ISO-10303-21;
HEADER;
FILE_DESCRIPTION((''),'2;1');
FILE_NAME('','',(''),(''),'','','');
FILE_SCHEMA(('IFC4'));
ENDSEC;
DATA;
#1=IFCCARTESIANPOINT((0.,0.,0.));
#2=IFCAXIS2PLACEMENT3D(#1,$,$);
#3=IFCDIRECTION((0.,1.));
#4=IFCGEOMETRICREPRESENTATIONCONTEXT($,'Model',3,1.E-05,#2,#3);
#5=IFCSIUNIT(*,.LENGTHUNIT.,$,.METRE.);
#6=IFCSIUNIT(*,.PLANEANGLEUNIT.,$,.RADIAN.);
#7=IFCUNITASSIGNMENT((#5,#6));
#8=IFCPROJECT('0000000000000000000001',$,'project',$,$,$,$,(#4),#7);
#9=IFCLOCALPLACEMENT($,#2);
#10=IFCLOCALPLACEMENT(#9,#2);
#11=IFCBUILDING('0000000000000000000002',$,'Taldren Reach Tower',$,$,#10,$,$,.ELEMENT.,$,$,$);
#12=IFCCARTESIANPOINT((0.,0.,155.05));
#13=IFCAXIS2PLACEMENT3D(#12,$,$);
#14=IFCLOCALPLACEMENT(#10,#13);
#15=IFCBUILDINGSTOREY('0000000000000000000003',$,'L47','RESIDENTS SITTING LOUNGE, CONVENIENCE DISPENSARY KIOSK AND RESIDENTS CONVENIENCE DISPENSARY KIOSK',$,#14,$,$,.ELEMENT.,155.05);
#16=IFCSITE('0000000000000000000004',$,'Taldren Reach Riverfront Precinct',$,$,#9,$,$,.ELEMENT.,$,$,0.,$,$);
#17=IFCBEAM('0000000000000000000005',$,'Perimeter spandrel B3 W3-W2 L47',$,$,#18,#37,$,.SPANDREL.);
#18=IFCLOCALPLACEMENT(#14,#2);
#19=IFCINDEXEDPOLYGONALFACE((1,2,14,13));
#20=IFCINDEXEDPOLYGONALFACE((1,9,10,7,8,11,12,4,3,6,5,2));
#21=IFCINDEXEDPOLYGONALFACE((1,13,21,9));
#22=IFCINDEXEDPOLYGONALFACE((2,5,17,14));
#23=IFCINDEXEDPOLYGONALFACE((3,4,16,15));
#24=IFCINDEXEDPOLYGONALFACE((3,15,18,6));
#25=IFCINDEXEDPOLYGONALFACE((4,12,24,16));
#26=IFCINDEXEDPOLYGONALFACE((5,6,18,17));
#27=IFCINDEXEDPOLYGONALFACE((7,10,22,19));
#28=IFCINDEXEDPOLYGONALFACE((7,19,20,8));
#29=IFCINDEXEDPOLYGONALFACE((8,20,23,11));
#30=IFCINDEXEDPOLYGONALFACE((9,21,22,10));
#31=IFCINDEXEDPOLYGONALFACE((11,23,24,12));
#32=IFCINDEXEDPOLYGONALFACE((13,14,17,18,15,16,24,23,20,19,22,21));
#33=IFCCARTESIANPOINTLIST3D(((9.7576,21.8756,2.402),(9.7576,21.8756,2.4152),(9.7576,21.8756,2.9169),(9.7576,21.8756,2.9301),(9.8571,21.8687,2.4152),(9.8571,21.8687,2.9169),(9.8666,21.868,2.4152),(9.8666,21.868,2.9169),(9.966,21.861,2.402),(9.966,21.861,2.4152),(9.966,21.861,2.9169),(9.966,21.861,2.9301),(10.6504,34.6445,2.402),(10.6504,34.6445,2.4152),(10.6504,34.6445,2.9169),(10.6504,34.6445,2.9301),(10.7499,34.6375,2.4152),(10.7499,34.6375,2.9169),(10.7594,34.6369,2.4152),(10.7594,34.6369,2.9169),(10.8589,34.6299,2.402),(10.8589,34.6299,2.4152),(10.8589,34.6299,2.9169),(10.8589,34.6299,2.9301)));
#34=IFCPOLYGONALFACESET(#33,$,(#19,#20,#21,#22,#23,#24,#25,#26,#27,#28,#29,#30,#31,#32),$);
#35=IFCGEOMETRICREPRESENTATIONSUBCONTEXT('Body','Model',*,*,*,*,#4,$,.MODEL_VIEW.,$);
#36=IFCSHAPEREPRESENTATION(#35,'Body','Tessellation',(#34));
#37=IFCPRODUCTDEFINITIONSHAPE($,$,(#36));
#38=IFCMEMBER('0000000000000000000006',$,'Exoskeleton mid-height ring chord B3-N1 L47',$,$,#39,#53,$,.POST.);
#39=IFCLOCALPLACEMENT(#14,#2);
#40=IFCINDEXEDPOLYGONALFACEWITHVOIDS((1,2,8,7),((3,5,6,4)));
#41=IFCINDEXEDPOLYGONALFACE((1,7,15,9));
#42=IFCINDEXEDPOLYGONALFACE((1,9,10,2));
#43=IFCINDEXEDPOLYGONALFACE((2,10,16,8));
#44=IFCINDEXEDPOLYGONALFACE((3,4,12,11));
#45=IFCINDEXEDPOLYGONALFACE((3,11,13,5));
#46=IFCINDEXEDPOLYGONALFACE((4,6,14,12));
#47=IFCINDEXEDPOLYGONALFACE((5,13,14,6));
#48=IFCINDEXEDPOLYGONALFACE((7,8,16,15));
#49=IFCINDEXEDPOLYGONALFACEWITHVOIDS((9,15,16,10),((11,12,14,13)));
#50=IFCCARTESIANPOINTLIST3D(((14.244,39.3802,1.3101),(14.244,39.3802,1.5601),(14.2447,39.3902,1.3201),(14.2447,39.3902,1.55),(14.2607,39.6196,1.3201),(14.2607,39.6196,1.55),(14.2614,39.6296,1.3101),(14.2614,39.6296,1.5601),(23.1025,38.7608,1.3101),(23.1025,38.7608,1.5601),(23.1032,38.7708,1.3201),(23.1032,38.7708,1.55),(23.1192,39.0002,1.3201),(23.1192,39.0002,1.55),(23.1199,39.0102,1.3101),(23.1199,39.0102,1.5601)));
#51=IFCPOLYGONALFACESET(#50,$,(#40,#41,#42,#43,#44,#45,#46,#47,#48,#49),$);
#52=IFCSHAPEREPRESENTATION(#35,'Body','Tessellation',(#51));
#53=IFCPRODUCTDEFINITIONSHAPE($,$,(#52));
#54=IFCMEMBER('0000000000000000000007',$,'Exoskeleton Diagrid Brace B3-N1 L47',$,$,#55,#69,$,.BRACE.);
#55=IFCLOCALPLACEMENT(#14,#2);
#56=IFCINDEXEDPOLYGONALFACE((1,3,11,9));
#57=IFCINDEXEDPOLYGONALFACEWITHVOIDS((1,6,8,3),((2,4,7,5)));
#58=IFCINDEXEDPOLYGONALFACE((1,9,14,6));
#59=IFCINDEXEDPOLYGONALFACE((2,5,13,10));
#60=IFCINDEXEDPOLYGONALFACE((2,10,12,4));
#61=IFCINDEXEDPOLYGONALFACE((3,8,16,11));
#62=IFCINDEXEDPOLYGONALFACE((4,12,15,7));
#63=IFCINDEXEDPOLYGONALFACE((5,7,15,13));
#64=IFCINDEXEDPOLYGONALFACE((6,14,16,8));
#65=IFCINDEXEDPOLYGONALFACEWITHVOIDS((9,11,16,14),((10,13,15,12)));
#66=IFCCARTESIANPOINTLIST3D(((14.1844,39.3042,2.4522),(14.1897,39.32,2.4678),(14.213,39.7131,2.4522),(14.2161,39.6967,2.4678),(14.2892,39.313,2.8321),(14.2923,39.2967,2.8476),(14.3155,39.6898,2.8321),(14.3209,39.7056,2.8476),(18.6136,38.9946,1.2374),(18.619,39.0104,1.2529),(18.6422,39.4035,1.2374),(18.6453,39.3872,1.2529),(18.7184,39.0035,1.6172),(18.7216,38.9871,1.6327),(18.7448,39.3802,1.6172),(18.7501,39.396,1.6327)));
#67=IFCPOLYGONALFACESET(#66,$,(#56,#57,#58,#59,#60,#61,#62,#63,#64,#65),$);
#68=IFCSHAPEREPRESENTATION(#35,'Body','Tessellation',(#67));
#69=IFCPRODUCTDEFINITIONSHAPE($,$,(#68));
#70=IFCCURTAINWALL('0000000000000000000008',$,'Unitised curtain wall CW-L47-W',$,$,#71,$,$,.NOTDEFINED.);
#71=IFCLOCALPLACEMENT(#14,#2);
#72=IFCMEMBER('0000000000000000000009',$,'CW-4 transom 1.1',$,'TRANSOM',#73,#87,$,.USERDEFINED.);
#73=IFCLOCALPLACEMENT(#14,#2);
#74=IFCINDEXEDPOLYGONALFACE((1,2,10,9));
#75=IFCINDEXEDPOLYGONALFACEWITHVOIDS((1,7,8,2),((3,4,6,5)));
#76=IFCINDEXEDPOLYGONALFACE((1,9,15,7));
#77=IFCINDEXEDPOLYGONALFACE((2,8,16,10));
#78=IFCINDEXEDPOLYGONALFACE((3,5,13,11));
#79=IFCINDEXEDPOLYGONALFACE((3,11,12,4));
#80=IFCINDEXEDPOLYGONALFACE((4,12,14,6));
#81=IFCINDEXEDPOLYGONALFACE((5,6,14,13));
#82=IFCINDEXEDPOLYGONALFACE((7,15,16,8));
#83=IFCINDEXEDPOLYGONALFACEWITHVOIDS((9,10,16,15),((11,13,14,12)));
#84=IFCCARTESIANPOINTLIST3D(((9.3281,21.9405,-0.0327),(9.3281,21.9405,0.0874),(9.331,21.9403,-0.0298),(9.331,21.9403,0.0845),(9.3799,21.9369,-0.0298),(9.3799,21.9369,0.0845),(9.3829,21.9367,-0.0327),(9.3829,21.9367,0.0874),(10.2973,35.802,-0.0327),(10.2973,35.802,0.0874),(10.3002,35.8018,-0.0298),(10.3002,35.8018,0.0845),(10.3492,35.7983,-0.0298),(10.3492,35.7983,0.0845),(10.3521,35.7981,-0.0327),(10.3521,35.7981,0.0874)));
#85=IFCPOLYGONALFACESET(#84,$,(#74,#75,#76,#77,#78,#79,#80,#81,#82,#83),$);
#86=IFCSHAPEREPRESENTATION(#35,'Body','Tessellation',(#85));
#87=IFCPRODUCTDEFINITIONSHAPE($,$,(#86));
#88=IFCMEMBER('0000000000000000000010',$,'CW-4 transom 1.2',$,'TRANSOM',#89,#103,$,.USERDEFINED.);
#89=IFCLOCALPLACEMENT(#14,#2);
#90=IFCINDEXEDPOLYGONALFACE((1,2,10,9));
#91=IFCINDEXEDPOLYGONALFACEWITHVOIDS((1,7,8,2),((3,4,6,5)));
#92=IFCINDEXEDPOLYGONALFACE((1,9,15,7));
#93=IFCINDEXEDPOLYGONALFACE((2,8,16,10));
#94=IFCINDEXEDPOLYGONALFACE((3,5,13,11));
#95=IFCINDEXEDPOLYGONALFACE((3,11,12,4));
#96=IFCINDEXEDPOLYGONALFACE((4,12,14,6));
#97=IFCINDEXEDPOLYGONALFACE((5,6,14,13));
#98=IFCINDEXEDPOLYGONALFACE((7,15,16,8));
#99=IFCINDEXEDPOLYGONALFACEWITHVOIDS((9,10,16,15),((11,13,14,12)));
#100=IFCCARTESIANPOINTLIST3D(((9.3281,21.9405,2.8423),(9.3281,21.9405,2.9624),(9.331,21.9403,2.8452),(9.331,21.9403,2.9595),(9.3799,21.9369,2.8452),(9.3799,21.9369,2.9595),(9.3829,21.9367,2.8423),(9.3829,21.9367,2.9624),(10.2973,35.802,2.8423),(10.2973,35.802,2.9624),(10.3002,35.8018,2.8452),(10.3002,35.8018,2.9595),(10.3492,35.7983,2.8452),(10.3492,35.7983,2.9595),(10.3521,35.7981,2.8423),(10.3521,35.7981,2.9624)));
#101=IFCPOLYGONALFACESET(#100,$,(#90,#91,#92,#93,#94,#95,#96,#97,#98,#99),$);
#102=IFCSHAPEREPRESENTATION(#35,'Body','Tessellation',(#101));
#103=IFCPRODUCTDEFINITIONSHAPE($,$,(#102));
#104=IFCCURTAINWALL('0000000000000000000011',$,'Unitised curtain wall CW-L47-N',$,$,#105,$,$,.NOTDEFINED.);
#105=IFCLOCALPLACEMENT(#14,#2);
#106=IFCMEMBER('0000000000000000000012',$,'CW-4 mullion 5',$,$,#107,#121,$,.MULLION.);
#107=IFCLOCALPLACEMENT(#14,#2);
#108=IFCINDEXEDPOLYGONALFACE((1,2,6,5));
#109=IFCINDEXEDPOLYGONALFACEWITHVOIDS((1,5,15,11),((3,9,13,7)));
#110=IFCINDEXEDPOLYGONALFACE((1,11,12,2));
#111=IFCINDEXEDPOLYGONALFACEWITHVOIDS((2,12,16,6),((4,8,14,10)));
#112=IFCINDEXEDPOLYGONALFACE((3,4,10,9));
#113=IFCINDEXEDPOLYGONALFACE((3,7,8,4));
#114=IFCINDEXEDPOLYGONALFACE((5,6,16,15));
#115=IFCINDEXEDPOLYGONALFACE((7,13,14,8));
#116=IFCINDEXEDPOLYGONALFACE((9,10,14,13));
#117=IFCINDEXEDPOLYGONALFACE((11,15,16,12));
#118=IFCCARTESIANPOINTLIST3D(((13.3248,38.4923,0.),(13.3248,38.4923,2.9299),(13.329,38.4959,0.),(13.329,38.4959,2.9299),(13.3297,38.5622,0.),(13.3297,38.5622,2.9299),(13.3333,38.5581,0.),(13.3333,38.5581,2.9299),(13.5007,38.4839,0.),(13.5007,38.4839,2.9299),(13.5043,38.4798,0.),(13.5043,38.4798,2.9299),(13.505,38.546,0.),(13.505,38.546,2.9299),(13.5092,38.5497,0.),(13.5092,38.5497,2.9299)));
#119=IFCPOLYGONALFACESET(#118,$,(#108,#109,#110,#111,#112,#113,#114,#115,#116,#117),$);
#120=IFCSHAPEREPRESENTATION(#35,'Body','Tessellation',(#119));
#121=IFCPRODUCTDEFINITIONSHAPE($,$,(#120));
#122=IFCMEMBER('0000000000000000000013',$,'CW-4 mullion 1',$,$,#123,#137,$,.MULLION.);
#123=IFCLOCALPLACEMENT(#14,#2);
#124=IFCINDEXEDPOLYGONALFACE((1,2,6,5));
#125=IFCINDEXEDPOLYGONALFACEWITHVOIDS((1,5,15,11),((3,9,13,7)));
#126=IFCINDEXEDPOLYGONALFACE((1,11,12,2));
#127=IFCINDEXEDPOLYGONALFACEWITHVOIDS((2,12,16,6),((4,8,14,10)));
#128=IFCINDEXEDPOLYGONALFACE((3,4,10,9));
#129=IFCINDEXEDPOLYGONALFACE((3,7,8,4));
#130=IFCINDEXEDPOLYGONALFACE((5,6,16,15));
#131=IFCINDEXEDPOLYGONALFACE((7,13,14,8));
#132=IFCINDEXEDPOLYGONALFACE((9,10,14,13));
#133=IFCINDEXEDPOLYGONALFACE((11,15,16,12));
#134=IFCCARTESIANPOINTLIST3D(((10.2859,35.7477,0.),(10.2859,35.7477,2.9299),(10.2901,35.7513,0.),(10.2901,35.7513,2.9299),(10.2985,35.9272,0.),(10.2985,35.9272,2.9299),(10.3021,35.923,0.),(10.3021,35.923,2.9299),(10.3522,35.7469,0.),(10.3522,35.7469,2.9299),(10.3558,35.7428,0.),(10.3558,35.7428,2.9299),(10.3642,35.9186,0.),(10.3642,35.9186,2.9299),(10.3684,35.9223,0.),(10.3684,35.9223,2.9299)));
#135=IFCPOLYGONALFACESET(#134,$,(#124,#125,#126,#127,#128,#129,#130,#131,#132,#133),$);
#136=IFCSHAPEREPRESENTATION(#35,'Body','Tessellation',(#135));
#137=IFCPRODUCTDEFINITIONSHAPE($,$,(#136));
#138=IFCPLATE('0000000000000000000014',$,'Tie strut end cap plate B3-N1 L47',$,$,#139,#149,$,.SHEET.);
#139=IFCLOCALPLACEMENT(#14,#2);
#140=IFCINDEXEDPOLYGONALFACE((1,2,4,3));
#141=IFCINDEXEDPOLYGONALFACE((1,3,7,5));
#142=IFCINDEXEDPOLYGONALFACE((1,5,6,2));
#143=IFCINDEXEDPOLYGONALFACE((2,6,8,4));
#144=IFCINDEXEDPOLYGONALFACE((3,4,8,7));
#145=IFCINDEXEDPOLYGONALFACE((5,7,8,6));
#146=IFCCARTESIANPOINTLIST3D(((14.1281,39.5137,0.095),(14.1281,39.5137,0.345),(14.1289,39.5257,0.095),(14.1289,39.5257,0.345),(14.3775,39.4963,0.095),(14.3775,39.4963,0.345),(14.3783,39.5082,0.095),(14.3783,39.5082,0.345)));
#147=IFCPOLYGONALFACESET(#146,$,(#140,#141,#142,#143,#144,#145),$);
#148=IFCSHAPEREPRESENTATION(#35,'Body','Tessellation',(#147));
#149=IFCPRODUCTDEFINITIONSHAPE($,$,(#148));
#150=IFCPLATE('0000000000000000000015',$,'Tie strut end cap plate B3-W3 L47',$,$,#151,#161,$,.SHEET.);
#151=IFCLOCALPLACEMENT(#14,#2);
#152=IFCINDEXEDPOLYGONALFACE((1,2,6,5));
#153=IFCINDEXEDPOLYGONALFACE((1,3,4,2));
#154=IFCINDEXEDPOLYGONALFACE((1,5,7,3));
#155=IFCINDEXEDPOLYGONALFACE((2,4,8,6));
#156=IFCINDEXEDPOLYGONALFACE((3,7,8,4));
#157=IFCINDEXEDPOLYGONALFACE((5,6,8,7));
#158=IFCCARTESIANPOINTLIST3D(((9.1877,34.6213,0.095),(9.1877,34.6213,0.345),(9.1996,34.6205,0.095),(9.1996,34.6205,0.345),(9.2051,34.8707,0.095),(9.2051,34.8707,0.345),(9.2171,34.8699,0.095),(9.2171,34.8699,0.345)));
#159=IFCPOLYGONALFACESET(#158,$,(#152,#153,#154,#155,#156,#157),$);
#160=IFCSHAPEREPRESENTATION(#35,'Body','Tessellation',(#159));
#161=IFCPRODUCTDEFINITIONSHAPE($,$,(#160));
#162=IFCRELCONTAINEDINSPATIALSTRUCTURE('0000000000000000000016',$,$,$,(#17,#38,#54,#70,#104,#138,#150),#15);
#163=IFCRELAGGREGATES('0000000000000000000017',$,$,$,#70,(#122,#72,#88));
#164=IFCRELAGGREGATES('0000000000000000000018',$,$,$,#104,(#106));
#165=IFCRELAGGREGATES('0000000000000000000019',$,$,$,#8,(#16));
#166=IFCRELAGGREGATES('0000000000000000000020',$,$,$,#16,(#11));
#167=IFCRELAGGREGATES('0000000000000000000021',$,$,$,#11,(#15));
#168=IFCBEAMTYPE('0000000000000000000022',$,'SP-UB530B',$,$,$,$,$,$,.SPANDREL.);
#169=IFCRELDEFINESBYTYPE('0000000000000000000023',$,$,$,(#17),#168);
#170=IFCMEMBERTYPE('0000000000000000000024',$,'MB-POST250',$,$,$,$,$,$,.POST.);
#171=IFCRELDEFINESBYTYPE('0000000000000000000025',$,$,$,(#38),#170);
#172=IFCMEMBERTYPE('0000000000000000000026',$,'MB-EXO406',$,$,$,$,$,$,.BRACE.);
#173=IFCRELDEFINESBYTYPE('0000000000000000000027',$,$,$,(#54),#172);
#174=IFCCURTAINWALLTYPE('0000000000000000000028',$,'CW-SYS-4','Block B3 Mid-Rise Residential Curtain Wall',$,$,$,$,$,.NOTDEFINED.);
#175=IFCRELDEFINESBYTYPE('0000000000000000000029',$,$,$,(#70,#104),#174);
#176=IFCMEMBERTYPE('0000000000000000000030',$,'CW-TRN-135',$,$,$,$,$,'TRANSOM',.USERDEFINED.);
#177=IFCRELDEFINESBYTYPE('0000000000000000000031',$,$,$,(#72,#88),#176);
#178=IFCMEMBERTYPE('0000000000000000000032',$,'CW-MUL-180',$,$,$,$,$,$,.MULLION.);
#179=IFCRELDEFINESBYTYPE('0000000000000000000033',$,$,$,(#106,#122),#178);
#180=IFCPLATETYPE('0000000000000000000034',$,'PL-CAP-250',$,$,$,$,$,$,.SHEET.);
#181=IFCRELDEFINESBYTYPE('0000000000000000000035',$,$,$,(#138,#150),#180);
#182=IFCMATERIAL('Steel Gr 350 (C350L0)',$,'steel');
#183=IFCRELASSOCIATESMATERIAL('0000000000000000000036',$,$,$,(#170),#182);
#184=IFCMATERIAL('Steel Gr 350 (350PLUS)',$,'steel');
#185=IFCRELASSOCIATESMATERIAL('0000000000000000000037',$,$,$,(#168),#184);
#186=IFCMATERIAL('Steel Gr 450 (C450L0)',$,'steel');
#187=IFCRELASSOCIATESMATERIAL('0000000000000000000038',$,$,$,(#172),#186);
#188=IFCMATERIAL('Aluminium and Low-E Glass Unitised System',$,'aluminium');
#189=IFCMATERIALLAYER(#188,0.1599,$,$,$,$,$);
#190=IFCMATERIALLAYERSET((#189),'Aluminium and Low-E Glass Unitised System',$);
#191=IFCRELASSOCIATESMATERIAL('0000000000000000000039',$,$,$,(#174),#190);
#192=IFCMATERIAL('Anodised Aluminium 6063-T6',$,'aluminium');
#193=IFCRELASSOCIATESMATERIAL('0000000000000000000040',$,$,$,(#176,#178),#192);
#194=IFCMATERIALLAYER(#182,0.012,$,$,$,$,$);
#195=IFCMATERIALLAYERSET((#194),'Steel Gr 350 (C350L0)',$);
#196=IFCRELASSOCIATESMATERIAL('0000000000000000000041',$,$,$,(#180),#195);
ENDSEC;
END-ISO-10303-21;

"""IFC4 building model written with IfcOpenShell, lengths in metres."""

from ifc_helpers import new_model, si_unit, direction, frame, origin, origin_2d, place, context, subcontext, project, spatial, rectangle, hollow_rectangle, i_section, extrude, source, transform, mapped, material, layer, layer_set, material_profile, profile_set, type_object, element, aggregate, save


model = new_model("IFC4")

# Units and contexts
model_context = context("Model", 3, precision=1e-05, world=origin(), true_north=direction((0.0, 1.0)))
body_context = subcontext(model_context, "Body", "Model", "MODEL_VIEW")
ifc_project = project(units=[si_unit("LENGTHUNIT", "METRE"), si_unit("PLANEANGLEUNIT", "RADIAN")], contexts=[model_context])

# Site, building, storey
site_placement = place(None, origin())
site = spatial("IfcSite", under=ifc_project, at=site_placement, Name="Taldren Reach Riverfront Precinct", CompositionType="ELEMENT", RefElevation=0.0)
building_placement = place(site_placement, origin())
building = spatial("IfcBuilding", under=site, at=building_placement, Name="Taldren Reach Tower", CompositionType="ELEMENT")
storey_placement = place(building_placement, frame((0.0, 0.0, 155.05)))
storey = spatial("IfcBuildingStorey", under=building, at=storey_placement, Name="L47", Description="RESIDENTS SITTING LOUNGE, CONVENIENCE DISPENSARY KIOSK AND RESIDENTS CONVENIENCE DISPENSARY KIOSK", CompositionType="ELEMENT", Elevation=155.05)

# Shared definitions
ifc_material_1 = material(Name="Steel Gr 450 (C450L0)", Category="steel")
ifc_material_2 = material(Name="Steel Gr 350 (350PLUS)", Category="steel")

# Shared definitions
ifc_material_3 = material(Name="Steel Gr 350 (C350L0)", Category="steel")
ifc_material_profile_1 = material_profile(ifc_material_3, hollow_rectangle(XDim=0.25, YDim=0.25, WallThickness=0.01, at=origin_2d()), Name="250x250x10.0SHS")
ifc_profile_set_1 = profile_set([ifc_material_profile_1], Name="Steel Gr 350 (C350L0)")
member_type_1 = type_object("IfcMemberType", Name="MB-POST250", PredefinedType="POST", material=ifc_profile_set_1)

# Beam
ifc_material_profile_2 = material_profile(ifc_material_2, i_section(OverallWidth=0.209, OverallDepth=0.5281, WebThickness=0.0095, FlangeThickness=0.0132, at=origin_2d()), Name="530UB82.0")
ifc_profile_set_2 = profile_set([ifc_material_profile_2], Name="Steel Gr 350 (350PLUS)")
beam_type_1 = type_object("IfcBeamType", Name="SP-UB530B", PredefinedType="SPANDREL", material=ifc_profile_set_2)
shared_shape_1 = source(origin(), body_context, "Body", "SweptSolid", [
    extrude(i_section(OverallWidth=0.209, OverallDepth=0.5281, WebThickness=0.0095, FlangeThickness=0.0132, at=origin_2d()), origin(), (0.0, 0.0, 1.0), 12.8),
])
beam_1_placement = place(storey_placement, frame((10.7546, 34.6372, 2.666), z_axis=(-0.069752, -0.997564, 0.0), x_axis=(0.997564, -0.069752, 0.0)))
element("IfcBeam", 1, at=beam_1_placement, inside=storey, type_object=beam_type_1, Name="Perimeter spandrel B3 W3-W2 L47", PredefinedType="SPANDREL", context=body_context, shape_type="MappedRepresentation", body=[
    mapped(shared_shape_1, transform((0.0, 0.0, 0.0), scale=1.0)),
])

# Members
shared_shape_2 = source(origin(), body_context, "Body", "SweptSolid", [
    extrude(hollow_rectangle(XDim=0.25, YDim=0.25, WallThickness=0.01, at=origin_2d()), origin(), (0.0, 0.0, 1.0), 8.8801),
])
member_1_placement = place(storey_placement, frame((14.2527, 39.5049, 1.4351), z_axis=(0.997564, -0.06975, 0.0), x_axis=(0.06975, 0.997564, 0.0)))
element("IfcMember", 2, at=member_1_placement, inside=storey, type_object=member_type_1, Name="Exoskeleton mid-height ring chord B3-N1 L47", PredefinedType="POST", context=body_context, shape_type="MappedRepresentation", body=[
    mapped(shared_shape_2, transform((0.0, 0.0, 0.0), scale=1.0)),
])
ifc_material_profile_3 = material_profile(ifc_material_1, hollow_rectangle(XDim=0.4099, YDim=0.4099, WallThickness=0.0161, at=origin_2d()), Name="410x410x16.0SHS")
ifc_profile_set_3 = profile_set([ifc_material_profile_3], Name="Steel Gr 450 (C450L0)")
member_type_2 = type_object("IfcMemberType", Name="MB-EXO406", PredefinedType="BRACE", material=ifc_profile_set_3)
shared_shape_3 = source(origin(), body_context, "Body", "SweptSolid", [
    extrude(hollow_rectangle(XDim=0.4099, YDim=0.4099, WallThickness=0.0161, at=origin_2d()), origin(), (0.0, 0.0, 1.0), 4.6033),
])
member_2_placement = place(storey_placement, frame((18.6819, 39.1953, 1.4351), z_axis=(-0.962199, 0.067251, 0.263913), x_axis=(-0.069723, -0.997566, 0.0)))
element("IfcMember", 3, at=member_2_placement, inside=storey, type_object=member_type_2, Name="Exoskeleton Diagrid Brace B3-N1 L47", PredefinedType="BRACE", context=body_context, shape_type="MappedRepresentation", body=[
    mapped(shared_shape_3, transform((0.0, 0.0, 0.0), scale=1.0)),
])

# Curtain wall, members
ifc_material_4 = material(Name="Aluminium and Low-E Glass Unitised System", Category="aluminium")
ifc_layer_1 = layer(ifc_material_4, 0.1599)
ifc_layer_set_1 = layer_set([ifc_layer_1], Name="Aluminium and Low-E Glass Unitised System")
curtain_wall_type = type_object("IfcCurtainWallType", Name="CW-SYS-4", Description="Block B3 Mid-Rise Residential Curtain Wall", PredefinedType="NOTDEFINED", material=ifc_layer_set_1)
curtain_wall_1_placement = place(storey_placement, origin())
curtain_wall_1 = element("IfcCurtainWall", 4, at=curtain_wall_1_placement, inside=storey, type_object=curtain_wall_type, Name="Unitised curtain wall CW-L47-W", PredefinedType="NOTDEFINED")
ifc_material_5 = material(Name="Anodised Aluminium 6063-T6", Category="aluminium")
ifc_material_profile_4 = material_profile(ifc_material_5, hollow_rectangle(XDim=0.0549, YDim=0.1201, WallThickness=0.0029, at=origin_2d()), Name="ALU-120x55x3RHS")
ifc_profile_set_4 = profile_set([ifc_material_profile_4], Name="Anodised Aluminium 6063-T6")
member_type_3 = type_object("IfcMemberType", Name="CW-TRN-135", ElementType="TRANSOM", PredefinedType="USERDEFINED", material=ifc_profile_set_4)
shared_shape_4 = source(origin(), body_context, "Body", "SweptSolid", [
    extrude(hollow_rectangle(XDim=0.0549, YDim=0.1201, WallThickness=0.0029, at=origin_2d()), origin(), (0.0, 0.0, 1.0), 13.8953),
])
member_3_placement = place(storey_placement, frame((10.3247, 35.8, 0.0273), z_axis=(-0.069754, -0.997564, 0.0), x_axis=(0.997564, -0.069754, 0.0)))
member_3 = element("IfcMember", 5, at=member_3_placement, type_object=member_type_3, Name="CW-4 transom 1.1", ObjectType="TRANSOM", PredefinedType="USERDEFINED", context=body_context, shape_type="MappedRepresentation", body=[
    mapped(shared_shape_4, transform((0.0, 0.0, 0.0), scale=1.0)),
])
member_4_placement = place(storey_placement, frame((10.3247, 35.8, 2.9023), z_axis=(-0.069754, -0.997564, 0.0), x_axis=(0.997564, -0.069754, 0.0)))
member_4 = element("IfcMember", 6, at=member_4_placement, type_object=member_type_3, Name="CW-4 transom 1.2", ObjectType="TRANSOM", PredefinedType="USERDEFINED", context=body_context, shape_type="MappedRepresentation", body=[
    mapped(shared_shape_4, transform((0.0, 0.0, 0.0), scale=1.0)),
])

# Curtain wall, member
curtain_wall_2_placement = place(storey_placement, origin())
curtain_wall_2 = element("IfcCurtainWall", 7, at=curtain_wall_2_placement, inside=storey, type_object=curtain_wall_type, Name="Unitised curtain wall CW-L47-N", PredefinedType="NOTDEFINED")
ifc_material_profile_5 = material_profile(ifc_material_5, hollow_rectangle(XDim=0.0701, YDim=0.1799, WallThickness=0.0039, at=origin_2d()), Name="ALU-180x70x4RHS")
ifc_profile_set_5 = profile_set([ifc_material_profile_5], Name="Anodised Aluminium 6063-T6")
member_type_4 = type_object("IfcMemberType", Name="CW-MUL-180", PredefinedType="MULLION", material=ifc_profile_set_5)
shared_shape_5 = source(origin(), body_context, "Body", "SweptSolid", [
    extrude(hollow_rectangle(XDim=0.0701, YDim=0.1799, WallThickness=0.0039, at=origin_2d()), origin(), (0.0, 0.0, 1.0), 2.9299),
])
member_5_placement = place(storey_placement, frame((13.417, 38.521, 0.0), z_axis=(0.0, 0.0, 1.0), x_axis=(-0.069757, -0.997564, 0.0)))
member_5 = element("IfcMember", 8, at=member_5_placement, type_object=member_type_4, Name="CW-4 mullion 5", PredefinedType="MULLION", context=body_context, shape_type="MappedRepresentation", body=[
    mapped(shared_shape_5, transform((0.0, 0.0, 0.0), scale=1.0)),
])

# Member
member_6_placement = place(storey_placement, frame((10.3271, 35.835, 0.0), z_axis=(0.0, 0.0, 1.0), x_axis=(0.997564, -0.069756, 0.0)))
member_6 = element("IfcMember", 9, at=member_6_placement, type_object=member_type_4, Name="CW-4 mullion 1", PredefinedType="MULLION", context=body_context, shape_type="MappedRepresentation", body=[
    mapped(shared_shape_5, transform((0.0, 0.0, 0.0), scale=1.0)),
])
aggregate(curtain_wall_1, [member_6, member_3, member_4])

# Plates
ifc_layer_2 = layer(ifc_material_3, 0.012)
ifc_layer_set_2 = layer_set([ifc_layer_2], Name="Steel Gr 350 (C350L0)")
plate_type_1 = type_object("IfcPlateType", Name="PL-CAP-250", PredefinedType="SHEET", material=ifc_layer_set_2)
shared_shape_6 = source(origin(), body_context, "Body", "SweptSolid", [
    extrude(rectangle(XDim=0.25, YDim=0.012, at=origin_2d()), origin(), (0.0, 0.0, 1.0), 0.25),
])
plate_1_placement = place(storey_placement, frame((14.2532, 39.511, 0.095), z_axis=(0.0, 0.0, 1.0), x_axis=(0.997564, -0.069756, 0.0)))
element("IfcPlate", 10, at=plate_1_placement, inside=storey, type_object=plate_type_1, Name="Tie strut end cap plate B3-N1 L47", PredefinedType="SHEET", context=body_context, shape_type="MappedRepresentation", body=[
    mapped(shared_shape_6, transform((0.0, 0.0, 0.0), scale=1.0)),
])
shared_shape_7 = source(origin(), body_context, "Body", "SweptSolid", [
    extrude(rectangle(XDim=0.012, YDim=0.25, at=origin_2d()), origin(), (0.0, 0.0, 1.0), 0.25),
])
plate_2_placement = place(storey_placement, frame((9.2024, 34.7456, 0.095), z_axis=(0.0, 0.0, 1.0), x_axis=(0.997564, -0.069756, 0.0)))
element("IfcPlate", 11, at=plate_2_placement, inside=storey, type_object=plate_type_1, Name="Tie strut end cap plate B3-W3 L47", PredefinedType="SHEET", context=body_context, shape_type="MappedRepresentation", body=[
    mapped(shared_shape_7, transform((0.0, 0.0, 0.0), scale=1.0)),
])

aggregate(curtain_wall_2, [member_5])

save(model, "model.ifc")
